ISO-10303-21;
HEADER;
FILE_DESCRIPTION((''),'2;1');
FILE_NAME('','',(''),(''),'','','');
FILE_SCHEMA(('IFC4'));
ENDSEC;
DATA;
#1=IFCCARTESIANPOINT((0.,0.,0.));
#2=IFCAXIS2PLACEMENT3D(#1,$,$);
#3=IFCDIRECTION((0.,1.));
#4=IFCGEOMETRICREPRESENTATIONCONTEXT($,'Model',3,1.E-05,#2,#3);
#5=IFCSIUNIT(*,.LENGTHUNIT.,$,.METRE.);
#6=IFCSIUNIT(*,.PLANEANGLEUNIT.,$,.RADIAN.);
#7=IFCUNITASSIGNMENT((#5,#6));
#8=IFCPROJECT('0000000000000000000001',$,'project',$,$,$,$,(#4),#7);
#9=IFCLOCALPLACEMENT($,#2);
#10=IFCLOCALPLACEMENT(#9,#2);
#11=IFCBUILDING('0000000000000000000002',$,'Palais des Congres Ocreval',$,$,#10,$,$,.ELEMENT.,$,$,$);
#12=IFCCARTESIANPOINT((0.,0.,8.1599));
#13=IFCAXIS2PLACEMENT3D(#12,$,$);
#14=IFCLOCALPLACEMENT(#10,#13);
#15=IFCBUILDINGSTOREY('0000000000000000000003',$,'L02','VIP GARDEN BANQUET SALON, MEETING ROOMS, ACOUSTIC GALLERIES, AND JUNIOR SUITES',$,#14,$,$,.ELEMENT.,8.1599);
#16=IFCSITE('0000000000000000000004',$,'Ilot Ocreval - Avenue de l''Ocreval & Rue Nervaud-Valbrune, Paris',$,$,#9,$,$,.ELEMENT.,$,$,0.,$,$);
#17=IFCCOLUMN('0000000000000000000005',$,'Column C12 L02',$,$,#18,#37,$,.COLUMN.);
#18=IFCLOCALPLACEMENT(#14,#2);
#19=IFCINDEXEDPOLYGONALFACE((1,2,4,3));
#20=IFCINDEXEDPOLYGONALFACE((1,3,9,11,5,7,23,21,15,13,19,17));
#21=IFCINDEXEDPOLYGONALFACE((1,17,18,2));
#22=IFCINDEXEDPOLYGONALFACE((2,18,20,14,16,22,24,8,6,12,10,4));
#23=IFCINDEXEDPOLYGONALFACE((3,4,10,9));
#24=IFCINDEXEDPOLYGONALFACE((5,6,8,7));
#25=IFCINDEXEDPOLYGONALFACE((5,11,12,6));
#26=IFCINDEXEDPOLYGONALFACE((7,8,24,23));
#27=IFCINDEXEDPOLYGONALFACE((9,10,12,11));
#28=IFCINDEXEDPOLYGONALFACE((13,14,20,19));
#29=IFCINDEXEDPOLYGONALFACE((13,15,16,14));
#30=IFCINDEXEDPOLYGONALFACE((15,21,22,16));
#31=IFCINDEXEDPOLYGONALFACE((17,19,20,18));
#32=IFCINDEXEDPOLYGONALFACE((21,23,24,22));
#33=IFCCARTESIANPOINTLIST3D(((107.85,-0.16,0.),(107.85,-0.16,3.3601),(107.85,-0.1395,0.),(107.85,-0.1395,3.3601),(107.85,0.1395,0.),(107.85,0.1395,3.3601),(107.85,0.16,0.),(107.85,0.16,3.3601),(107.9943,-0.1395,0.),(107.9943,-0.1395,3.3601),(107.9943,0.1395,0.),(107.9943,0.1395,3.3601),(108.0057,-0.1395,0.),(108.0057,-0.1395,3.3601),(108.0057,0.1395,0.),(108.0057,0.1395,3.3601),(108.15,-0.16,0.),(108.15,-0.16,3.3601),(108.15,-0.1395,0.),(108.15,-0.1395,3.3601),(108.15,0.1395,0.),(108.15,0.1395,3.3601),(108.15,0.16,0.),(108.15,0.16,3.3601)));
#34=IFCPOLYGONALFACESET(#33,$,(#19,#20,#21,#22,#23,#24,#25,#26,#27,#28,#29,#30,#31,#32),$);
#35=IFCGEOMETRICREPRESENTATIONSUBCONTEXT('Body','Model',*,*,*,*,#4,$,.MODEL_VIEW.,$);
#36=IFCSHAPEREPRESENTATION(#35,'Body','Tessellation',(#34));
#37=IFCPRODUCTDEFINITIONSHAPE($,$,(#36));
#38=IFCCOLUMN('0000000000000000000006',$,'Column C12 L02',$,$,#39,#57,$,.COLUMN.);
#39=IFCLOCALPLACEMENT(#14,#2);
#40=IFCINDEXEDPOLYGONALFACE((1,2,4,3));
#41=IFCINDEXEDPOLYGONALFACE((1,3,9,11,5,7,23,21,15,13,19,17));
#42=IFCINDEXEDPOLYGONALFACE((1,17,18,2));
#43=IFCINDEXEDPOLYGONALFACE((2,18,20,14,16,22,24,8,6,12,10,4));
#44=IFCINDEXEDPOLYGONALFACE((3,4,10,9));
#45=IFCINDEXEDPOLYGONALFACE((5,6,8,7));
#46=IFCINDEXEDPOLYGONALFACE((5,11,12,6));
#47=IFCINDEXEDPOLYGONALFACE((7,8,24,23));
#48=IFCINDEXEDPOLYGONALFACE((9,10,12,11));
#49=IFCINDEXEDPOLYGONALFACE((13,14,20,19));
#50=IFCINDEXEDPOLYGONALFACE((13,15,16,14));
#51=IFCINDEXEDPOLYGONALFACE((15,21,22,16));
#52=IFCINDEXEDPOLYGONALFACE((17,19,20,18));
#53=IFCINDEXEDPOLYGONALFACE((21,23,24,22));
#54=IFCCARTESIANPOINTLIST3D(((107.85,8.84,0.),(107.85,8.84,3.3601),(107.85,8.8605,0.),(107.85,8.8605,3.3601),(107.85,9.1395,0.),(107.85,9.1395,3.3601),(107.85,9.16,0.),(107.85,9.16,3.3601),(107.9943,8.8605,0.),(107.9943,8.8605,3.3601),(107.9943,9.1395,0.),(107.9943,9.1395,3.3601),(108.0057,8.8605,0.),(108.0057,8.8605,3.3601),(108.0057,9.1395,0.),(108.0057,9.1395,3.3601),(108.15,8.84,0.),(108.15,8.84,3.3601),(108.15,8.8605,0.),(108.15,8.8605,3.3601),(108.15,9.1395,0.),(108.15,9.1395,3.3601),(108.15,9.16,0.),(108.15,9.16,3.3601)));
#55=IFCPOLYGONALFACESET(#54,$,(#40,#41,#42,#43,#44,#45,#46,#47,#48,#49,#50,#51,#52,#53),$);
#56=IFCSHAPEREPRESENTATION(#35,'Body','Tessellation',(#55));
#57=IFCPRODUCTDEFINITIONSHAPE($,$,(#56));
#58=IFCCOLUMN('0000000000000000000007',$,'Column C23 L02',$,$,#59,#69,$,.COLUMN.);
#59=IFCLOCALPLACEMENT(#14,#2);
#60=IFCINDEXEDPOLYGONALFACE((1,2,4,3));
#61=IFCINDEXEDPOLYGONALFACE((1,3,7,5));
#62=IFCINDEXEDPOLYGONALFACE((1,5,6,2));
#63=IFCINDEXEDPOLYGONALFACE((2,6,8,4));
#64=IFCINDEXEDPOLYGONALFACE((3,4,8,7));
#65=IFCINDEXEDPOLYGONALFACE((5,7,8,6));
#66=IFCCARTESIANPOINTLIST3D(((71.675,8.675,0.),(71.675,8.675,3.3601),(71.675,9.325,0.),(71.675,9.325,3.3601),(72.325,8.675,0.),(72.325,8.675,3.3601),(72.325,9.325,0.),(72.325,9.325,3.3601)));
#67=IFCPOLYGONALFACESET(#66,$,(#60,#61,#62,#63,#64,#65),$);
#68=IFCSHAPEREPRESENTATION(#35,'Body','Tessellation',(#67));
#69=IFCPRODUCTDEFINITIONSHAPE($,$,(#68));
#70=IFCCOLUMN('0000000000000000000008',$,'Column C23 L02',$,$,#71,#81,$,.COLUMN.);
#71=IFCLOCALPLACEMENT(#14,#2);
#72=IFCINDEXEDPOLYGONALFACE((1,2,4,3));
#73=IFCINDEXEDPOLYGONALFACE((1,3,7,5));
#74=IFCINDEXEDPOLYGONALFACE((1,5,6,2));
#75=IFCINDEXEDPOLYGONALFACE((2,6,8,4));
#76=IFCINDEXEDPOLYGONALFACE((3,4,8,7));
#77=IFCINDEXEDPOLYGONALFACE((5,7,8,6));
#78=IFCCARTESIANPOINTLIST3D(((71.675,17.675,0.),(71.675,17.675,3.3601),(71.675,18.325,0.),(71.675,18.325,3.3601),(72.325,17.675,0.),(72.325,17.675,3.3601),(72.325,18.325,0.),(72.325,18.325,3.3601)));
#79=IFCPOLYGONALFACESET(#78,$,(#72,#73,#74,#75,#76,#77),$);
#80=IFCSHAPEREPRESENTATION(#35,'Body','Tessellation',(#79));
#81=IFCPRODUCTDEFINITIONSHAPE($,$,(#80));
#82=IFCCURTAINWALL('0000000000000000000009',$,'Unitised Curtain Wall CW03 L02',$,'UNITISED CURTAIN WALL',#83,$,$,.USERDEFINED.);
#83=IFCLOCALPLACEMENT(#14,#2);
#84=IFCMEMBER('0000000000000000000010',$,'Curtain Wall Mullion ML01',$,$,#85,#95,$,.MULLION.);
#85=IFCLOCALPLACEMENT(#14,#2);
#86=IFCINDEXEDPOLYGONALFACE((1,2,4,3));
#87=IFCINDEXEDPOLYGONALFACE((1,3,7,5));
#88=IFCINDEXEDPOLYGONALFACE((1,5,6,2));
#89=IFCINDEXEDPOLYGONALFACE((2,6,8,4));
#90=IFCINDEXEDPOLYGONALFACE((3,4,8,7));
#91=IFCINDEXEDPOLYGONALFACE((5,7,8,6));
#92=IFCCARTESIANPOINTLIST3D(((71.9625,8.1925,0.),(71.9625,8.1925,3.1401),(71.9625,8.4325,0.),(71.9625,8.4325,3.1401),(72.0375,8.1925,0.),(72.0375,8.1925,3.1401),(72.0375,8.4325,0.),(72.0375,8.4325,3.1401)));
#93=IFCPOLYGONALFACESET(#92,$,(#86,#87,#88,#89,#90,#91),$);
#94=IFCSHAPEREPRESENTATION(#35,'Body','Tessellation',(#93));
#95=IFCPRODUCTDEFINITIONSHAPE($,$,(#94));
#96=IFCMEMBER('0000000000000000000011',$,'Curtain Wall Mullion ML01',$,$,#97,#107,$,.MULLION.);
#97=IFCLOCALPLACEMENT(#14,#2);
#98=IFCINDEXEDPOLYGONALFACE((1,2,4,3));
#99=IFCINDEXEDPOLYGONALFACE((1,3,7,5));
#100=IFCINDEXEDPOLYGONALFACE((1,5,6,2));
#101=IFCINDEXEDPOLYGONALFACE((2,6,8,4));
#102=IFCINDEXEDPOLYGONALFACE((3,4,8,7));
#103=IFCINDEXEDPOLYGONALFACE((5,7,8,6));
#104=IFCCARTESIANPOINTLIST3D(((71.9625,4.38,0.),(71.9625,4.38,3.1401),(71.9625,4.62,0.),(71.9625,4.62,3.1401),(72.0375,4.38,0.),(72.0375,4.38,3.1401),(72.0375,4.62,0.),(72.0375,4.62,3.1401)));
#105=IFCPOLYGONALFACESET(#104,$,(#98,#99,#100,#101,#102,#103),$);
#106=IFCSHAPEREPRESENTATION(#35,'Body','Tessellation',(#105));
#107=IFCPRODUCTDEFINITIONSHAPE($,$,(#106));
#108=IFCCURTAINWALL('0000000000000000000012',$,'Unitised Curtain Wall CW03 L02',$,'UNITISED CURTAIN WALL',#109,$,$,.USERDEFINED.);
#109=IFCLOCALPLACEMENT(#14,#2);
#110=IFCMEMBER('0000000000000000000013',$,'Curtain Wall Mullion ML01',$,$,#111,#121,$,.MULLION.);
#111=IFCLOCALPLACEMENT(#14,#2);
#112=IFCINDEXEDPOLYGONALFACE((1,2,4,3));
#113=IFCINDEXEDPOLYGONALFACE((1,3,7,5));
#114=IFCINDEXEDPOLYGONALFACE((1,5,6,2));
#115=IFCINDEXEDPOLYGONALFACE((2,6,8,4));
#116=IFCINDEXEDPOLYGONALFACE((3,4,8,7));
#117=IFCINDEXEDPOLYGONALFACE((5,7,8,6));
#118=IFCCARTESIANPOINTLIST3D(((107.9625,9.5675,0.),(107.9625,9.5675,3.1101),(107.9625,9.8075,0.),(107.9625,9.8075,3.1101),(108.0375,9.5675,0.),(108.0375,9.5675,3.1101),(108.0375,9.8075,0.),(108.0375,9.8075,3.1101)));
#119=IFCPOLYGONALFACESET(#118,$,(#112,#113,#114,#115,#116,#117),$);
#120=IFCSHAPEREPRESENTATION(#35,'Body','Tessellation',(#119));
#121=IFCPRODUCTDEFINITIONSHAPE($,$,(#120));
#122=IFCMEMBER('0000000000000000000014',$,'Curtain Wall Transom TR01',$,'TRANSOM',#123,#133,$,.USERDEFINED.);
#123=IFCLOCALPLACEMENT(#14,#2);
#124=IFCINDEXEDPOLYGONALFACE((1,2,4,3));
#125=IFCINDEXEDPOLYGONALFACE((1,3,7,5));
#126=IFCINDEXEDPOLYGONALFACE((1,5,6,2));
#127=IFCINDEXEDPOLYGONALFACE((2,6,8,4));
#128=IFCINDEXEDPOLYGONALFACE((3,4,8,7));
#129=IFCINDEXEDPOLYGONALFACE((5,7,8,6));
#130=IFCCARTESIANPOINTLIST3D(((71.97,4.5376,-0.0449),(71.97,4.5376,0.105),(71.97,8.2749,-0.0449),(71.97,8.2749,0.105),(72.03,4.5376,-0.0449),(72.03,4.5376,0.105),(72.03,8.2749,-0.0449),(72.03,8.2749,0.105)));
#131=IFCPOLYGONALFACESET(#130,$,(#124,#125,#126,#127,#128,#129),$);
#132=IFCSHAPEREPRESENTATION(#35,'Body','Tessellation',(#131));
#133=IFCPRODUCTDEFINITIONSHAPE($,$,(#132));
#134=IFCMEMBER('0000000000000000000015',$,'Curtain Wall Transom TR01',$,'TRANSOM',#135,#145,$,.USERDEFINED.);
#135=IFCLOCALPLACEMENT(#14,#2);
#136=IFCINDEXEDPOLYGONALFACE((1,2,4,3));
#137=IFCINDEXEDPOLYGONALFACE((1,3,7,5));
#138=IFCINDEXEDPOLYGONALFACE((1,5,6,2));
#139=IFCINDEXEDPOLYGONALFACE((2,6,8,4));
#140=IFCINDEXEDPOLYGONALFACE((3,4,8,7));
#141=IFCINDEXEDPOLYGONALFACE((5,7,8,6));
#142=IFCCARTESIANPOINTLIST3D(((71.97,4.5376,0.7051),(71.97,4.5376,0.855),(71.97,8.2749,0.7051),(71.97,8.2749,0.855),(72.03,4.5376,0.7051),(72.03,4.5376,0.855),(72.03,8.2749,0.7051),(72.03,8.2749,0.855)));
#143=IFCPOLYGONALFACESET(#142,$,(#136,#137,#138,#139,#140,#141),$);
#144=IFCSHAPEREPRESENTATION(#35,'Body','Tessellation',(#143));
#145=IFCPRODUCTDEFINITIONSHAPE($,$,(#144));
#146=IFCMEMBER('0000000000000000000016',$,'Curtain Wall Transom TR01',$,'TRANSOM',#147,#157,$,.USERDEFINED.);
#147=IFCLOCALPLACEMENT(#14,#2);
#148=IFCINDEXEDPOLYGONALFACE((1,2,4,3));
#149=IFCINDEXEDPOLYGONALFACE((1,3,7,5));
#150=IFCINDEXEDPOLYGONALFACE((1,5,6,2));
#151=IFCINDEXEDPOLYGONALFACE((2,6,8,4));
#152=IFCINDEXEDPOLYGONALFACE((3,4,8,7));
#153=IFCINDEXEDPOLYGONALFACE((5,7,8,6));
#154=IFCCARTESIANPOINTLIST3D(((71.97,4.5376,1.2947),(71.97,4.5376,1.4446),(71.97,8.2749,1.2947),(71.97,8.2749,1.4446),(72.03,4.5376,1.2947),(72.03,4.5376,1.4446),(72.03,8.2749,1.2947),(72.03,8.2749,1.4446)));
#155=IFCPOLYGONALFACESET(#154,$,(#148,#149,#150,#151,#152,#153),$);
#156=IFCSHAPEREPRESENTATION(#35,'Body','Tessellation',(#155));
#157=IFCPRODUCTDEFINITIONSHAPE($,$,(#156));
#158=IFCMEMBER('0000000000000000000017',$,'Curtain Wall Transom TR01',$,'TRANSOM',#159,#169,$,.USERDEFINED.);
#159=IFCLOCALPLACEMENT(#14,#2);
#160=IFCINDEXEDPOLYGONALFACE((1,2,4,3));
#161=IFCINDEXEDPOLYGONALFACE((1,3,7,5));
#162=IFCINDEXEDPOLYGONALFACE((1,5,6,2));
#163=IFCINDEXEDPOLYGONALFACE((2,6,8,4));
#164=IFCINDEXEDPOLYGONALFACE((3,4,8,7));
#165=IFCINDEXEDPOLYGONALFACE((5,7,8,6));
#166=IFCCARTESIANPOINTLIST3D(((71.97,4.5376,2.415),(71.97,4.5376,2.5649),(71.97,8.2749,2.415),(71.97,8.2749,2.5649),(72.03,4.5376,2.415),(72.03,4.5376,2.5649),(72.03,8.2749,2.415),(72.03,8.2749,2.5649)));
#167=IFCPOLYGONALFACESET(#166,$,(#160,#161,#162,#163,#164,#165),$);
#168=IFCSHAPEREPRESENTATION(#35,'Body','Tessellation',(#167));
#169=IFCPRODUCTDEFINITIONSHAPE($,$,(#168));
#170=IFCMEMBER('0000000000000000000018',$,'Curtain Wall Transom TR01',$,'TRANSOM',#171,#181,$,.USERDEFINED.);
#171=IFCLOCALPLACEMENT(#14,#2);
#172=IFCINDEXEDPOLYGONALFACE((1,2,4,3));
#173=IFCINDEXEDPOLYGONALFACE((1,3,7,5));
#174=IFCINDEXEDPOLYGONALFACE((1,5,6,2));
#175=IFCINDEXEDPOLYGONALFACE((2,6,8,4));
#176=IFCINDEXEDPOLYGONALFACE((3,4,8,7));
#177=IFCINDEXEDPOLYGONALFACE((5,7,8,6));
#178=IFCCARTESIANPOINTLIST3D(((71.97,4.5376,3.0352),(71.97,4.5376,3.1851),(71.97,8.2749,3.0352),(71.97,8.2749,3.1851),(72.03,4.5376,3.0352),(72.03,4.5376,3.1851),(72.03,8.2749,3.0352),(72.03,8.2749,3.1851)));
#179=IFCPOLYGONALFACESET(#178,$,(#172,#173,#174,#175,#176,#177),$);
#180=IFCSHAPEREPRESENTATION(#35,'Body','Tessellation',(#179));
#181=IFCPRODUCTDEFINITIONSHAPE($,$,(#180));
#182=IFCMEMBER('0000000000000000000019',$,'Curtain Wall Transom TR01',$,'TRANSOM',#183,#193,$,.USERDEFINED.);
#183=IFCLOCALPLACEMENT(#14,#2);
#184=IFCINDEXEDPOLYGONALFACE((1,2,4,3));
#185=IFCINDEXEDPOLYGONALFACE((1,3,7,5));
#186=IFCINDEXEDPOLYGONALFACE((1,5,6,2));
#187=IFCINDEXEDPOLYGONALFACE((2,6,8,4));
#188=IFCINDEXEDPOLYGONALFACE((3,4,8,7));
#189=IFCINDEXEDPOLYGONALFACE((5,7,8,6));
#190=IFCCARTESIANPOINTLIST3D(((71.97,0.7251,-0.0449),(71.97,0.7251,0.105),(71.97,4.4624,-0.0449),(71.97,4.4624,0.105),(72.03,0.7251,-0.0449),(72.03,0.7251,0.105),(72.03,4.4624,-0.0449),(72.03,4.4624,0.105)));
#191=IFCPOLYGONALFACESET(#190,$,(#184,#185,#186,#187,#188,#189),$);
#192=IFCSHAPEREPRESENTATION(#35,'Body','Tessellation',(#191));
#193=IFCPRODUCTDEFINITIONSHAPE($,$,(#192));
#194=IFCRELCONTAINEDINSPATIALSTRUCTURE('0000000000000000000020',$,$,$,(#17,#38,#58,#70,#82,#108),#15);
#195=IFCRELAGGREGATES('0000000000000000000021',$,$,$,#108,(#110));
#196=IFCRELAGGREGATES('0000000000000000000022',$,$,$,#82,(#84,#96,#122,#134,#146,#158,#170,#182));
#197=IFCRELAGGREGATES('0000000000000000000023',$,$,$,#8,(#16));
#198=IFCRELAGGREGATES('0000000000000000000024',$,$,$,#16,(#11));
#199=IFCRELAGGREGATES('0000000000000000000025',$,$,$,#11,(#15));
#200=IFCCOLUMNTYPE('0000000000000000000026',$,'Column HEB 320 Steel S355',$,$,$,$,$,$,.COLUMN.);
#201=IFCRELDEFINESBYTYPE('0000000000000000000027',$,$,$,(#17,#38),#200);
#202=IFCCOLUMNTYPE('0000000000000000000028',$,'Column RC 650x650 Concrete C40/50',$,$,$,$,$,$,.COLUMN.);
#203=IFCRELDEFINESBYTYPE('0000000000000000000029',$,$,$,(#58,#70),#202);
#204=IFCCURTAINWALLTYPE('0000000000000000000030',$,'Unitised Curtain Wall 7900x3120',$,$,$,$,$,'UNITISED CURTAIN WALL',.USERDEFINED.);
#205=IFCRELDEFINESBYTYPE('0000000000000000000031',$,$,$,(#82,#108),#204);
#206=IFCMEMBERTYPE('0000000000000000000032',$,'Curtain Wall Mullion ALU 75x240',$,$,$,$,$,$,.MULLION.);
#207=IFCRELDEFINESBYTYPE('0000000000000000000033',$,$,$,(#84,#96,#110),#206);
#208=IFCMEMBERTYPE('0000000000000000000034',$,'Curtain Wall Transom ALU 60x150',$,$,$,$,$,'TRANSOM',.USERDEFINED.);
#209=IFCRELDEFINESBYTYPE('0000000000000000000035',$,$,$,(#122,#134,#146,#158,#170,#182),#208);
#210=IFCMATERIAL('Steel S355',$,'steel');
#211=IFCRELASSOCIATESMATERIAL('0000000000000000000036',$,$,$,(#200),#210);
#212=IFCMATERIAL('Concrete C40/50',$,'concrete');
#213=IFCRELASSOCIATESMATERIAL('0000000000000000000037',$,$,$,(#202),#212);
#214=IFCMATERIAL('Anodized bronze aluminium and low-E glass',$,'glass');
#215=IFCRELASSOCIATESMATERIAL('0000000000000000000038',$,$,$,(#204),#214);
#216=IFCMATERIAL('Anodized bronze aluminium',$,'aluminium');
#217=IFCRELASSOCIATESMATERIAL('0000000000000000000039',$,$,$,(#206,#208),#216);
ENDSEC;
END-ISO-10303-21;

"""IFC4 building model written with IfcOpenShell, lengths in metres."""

from ifc_helpers import new_model, si_unit, direction, frame, origin, origin_2d, place, context, subcontext, project, spatial, rectangle, i_section, extrude, material, material_profile, profile_set, type_object, element, aggregate, save


model = new_model("IFC4")

# Units and contexts
model_context = context("Model", 3, precision=1e-05, world=origin(), true_north=direction((0.0, 1.0)))
body_context = subcontext(model_context, "Body", "Model", "MODEL_VIEW")
ifc_project = project(units=[si_unit("LENGTHUNIT", "METRE"), si_unit("PLANEANGLEUNIT", "RADIAN")], contexts=[model_context])

# Site, building, storey
site_placement = place(None, origin())
site = spatial("IfcSite", under=ifc_project, at=site_placement, Name="Ilot Ocreval - Avenue de l'Ocreval & Rue Nervaud-Valbrune, Paris", CompositionType="ELEMENT", RefElevation=0.0)
building_placement = place(site_placement, origin())
building = spatial("IfcBuilding", under=site, at=building_placement, Name="Palais des Congres Ocreval", CompositionType="ELEMENT")
storey_placement = place(building_placement, frame((0.0, 0.0, 8.1599)))
storey = spatial("IfcBuildingStorey", under=building, at=storey_placement, Name="L02", Description="VIP GARDEN BANQUET SALON, MEETING ROOMS, ACOUSTIC GALLERIES, AND JUNIOR SUITES", CompositionType="ELEMENT", Elevation=8.1599)

# Columns
ifc_material_1 = material(Name="Steel S355", Category="steel")
ifc_material_profile_1 = material_profile(ifc_material_1, i_section(OverallWidth=0.3, OverallDepth=0.3201, WebThickness=0.0115, FlangeThickness=0.0205, at=origin_2d()), Name="HEB 320")
ifc_profile_set_1 = profile_set([ifc_material_profile_1], Name="Steel S355")
column_type_1 = type_object("IfcColumnType", Name="Column HEB 320 Steel S355", PredefinedType="COLUMN", material=ifc_profile_set_1)
for number, where, z_axis, x_axis, name in (
    (1, (108.0, 0.0, 0.0), (0.0, 0.0, 1.0), (1.0, 0.0, 0.0), "Column C12 L02"),
    (2, (108.0, 9.0, 0.0), (0.0, 0.0, 1.0), (1.0, 0.0, 0.0), "Column C12 L02"),
):
    element("IfcColumn", number, at=place(storey_placement, frame(where, z_axis=z_axis, x_axis=x_axis)), inside=storey, type_object=column_type_1, Name=name, PredefinedType="COLUMN", context=body_context, shape_type="SweptSolid", body=[
        extrude(i_section(OverallWidth=0.3, OverallDepth=0.3201, WebThickness=0.0115, FlangeThickness=0.0205, at=origin_2d()), origin(), (0.0, 0.0, 1.0), 3.3601),
    ])
ifc_material_2 = material(Name="Concrete C40/50", Category="concrete")
ifc_material_profile_2 = material_profile(ifc_material_2, rectangle(XDim=0.6499, YDim=0.6499, at=origin_2d()), Name="RC 650x650")
ifc_profile_set_2 = profile_set([ifc_material_profile_2], Name="Concrete C40/50")
column_type_2 = type_object("IfcColumnType", Name="Column RC 650x650 Concrete C40/50", PredefinedType="COLUMN", material=ifc_profile_set_2)
for number, where, z_axis, x_axis, name in (
    (3, (72.0, 9.0, 0.0), (0.0, 0.0, 1.0), (1.0, 0.0, 0.0), "Column C23 L02"),
    (4, (72.0, 18.0, 0.0), (0.0, 0.0, 1.0), (1.0, 0.0, 0.0), "Column C23 L02"),
):
    element("IfcColumn", number, at=place(storey_placement, frame(where, z_axis=z_axis, x_axis=x_axis)), inside=storey, type_object=column_type_2, Name=name, PredefinedType="COLUMN", context=body_context, shape_type="SweptSolid", body=[
        extrude(rectangle(XDim=0.6499, YDim=0.6499, at=origin_2d()), origin(), (0.0, 0.0, 1.0), 3.3601),
    ])

# Curtain wall, members
ifc_material_3 = material(Name="Anodized bronze aluminium and low-E glass", Category="glass")
curtain_wall_type = type_object("IfcCurtainWallType", Name="Unitised Curtain Wall 7900x3120", ElementType="UNITISED CURTAIN WALL", PredefinedType="USERDEFINED", material=ifc_material_3)
curtain_wall_1_placement = place(storey_placement, origin())
curtain_wall_1 = element("IfcCurtainWall", 5, at=curtain_wall_1_placement, inside=storey, type_object=curtain_wall_type, Name="Unitised Curtain Wall CW03 L02", ObjectType="UNITISED CURTAIN WALL", PredefinedType="USERDEFINED")
ifc_material_4 = material(Name="Anodized bronze aluminium", Category="aluminium")
ifc_material_profile_3 = material_profile(ifc_material_4, rectangle(XDim=0.075, YDim=0.24, at=origin_2d()), Name="ALU 75x240")
ifc_profile_set_3 = profile_set([ifc_material_profile_3], Name="Anodized bronze aluminium")
member_type_1 = type_object("IfcMemberType", Name="Curtain Wall Mullion ALU 75x240", PredefinedType="MULLION", material=ifc_profile_set_3)
member_1_placement = place(storey_placement, frame((72.0, 8.3125, 0.0), z_axis=(0.0, 0.0, 1.0), x_axis=(1.0, 0.0, 0.0)))
member_1 = element("IfcMember", 6, at=member_1_placement, type_object=member_type_1, Name="Curtain Wall Mullion ML01", PredefinedType="MULLION", context=body_context, shape_type="SweptSolid", body=[
    extrude(rectangle(XDim=0.075, YDim=0.24, at=origin_2d()), origin(), (0.0, 0.0, 1.0), 3.1401),
])
member_2_placement = place(storey_placement, frame((72.0, 4.5, 0.0), z_axis=(0.0, 0.0, 1.0), x_axis=(1.0, 0.0, 0.0)))
member_2 = element("IfcMember", 7, at=member_2_placement, type_object=member_type_1, Name="Curtain Wall Mullion ML01", PredefinedType="MULLION", context=body_context, shape_type="SweptSolid", body=[
    extrude(rectangle(XDim=0.075, YDim=0.24, at=origin_2d()), origin(), (0.0, 0.0, 1.0), 3.1401),
])

# Curtain wall, member
curtain_wall_2_placement = place(storey_placement, origin())
curtain_wall_2 = element("IfcCurtainWall", 8, at=curtain_wall_2_placement, inside=storey, type_object=curtain_wall_type, Name="Unitised Curtain Wall CW03 L02", ObjectType="UNITISED CURTAIN WALL", PredefinedType="USERDEFINED")
member_3_placement = place(storey_placement, frame((108.0, 9.6875, 0.0), z_axis=(0.0, 0.0, 1.0), x_axis=(-1.0, 0.0, 0.0)))
member_3 = element("IfcMember", 9, at=member_3_placement, type_object=member_type_1, Name="Curtain Wall Mullion ML01", PredefinedType="MULLION", context=body_context, shape_type="SweptSolid", body=[
    extrude(rectangle(XDim=0.075, YDim=0.24, at=origin_2d()), origin(), (0.0, 0.0, 1.0), 3.1101),
])

# Members
ifc_material_profile_4 = material_profile(ifc_material_4, rectangle(XDim=0.0601, YDim=0.1499, at=origin_2d()), Name="ALU 60x150")
ifc_profile_set_4 = profile_set([ifc_material_profile_4], Name="Anodized bronze aluminium")
member_type_2 = type_object("IfcMemberType", Name="Curtain Wall Transom ALU 60x150", ElementType="TRANSOM", PredefinedType="USERDEFINED", material=ifc_profile_set_4)
member_4_placement = place(storey_placement, frame((72.0, 8.2749, 0.03), z_axis=(0.0, -1.0, 0.0), x_axis=(1.0, 0.0, 0.0)))
member_4 = element("IfcMember", 10, at=member_4_placement, type_object=member_type_2, Name="Curtain Wall Transom TR01", ObjectType="TRANSOM", PredefinedType="USERDEFINED", context=body_context, shape_type="SweptSolid", body=[
    extrude(rectangle(XDim=0.0601, YDim=0.1499, at=origin_2d()), origin(), (0.0, 0.0, 1.0), 3.7373),
])
member_5_placement = place(storey_placement, frame((72.0, 8.2749, 0.78), z_axis=(0.0, -1.0, 0.0), x_axis=(1.0, 0.0, 0.0)))
member_5 = element("IfcMember", 11, at=member_5_placement, type_object=member_type_2, Name="Curtain Wall Transom TR01", ObjectType="TRANSOM", PredefinedType="USERDEFINED", context=body_context, shape_type="SweptSolid", body=[
    extrude(rectangle(XDim=0.0601, YDim=0.1499, at=origin_2d()), origin(), (0.0, 0.0, 1.0), 3.7373),
])
member_6_placement = place(storey_placement, frame((72.0, 8.2749, 1.3696), z_axis=(0.0, -1.0, 0.0), x_axis=(1.0, 0.0, 0.0)))
member_6 = element("IfcMember", 12, at=member_6_placement, type_object=member_type_2, Name="Curtain Wall Transom TR01", ObjectType="TRANSOM", PredefinedType="USERDEFINED", context=body_context, shape_type="SweptSolid", body=[
    extrude(rectangle(XDim=0.0601, YDim=0.1499, at=origin_2d()), origin(), (0.0, 0.0, 1.0), 3.7373),
])
member_7_placement = place(storey_placement, frame((72.0, 8.2749, 2.49), z_axis=(0.0, -1.0, 0.0), x_axis=(1.0, 0.0, 0.0)))
member_7 = element("IfcMember", 13, at=member_7_placement, type_object=member_type_2, Name="Curtain Wall Transom TR01", ObjectType="TRANSOM", PredefinedType="USERDEFINED", context=body_context, shape_type="SweptSolid", body=[
    extrude(rectangle(XDim=0.0601, YDim=0.1499, at=origin_2d()), origin(), (0.0, 0.0, 1.0), 3.7373),
])
member_8_placement = place(storey_placement, frame((72.0, 8.2749, 3.1101), z_axis=(0.0, -1.0, 0.0), x_axis=(1.0, 0.0, 0.0)))
member_8 = element("IfcMember", 14, at=member_8_placement, type_object=member_type_2, Name="Curtain Wall Transom TR01", ObjectType="TRANSOM", PredefinedType="USERDEFINED", context=body_context, shape_type="SweptSolid", body=[
    extrude(rectangle(XDim=0.0601, YDim=0.1499, at=origin_2d()), origin(), (0.0, 0.0, 1.0), 3.7373),
])
member_9_placement = place(storey_placement, frame((72.0, 4.4624, 0.03), z_axis=(0.0, -1.0, 0.0), x_axis=(1.0, 0.0, 0.0)))
member_9 = element("IfcMember", 15, at=member_9_placement, type_object=member_type_2, Name="Curtain Wall Transom TR01", ObjectType="TRANSOM", PredefinedType="USERDEFINED", context=body_context, shape_type="SweptSolid", body=[
    extrude(rectangle(XDim=0.0601, YDim=0.1499, at=origin_2d()), origin(), (0.0, 0.0, 1.0), 3.7373),
])
aggregate(curtain_wall_2, [member_3])

aggregate(curtain_wall_1, [member_1, member_2, member_4, member_5, member_6, member_7, member_8, member_9])

save(model, "model.ifc")
